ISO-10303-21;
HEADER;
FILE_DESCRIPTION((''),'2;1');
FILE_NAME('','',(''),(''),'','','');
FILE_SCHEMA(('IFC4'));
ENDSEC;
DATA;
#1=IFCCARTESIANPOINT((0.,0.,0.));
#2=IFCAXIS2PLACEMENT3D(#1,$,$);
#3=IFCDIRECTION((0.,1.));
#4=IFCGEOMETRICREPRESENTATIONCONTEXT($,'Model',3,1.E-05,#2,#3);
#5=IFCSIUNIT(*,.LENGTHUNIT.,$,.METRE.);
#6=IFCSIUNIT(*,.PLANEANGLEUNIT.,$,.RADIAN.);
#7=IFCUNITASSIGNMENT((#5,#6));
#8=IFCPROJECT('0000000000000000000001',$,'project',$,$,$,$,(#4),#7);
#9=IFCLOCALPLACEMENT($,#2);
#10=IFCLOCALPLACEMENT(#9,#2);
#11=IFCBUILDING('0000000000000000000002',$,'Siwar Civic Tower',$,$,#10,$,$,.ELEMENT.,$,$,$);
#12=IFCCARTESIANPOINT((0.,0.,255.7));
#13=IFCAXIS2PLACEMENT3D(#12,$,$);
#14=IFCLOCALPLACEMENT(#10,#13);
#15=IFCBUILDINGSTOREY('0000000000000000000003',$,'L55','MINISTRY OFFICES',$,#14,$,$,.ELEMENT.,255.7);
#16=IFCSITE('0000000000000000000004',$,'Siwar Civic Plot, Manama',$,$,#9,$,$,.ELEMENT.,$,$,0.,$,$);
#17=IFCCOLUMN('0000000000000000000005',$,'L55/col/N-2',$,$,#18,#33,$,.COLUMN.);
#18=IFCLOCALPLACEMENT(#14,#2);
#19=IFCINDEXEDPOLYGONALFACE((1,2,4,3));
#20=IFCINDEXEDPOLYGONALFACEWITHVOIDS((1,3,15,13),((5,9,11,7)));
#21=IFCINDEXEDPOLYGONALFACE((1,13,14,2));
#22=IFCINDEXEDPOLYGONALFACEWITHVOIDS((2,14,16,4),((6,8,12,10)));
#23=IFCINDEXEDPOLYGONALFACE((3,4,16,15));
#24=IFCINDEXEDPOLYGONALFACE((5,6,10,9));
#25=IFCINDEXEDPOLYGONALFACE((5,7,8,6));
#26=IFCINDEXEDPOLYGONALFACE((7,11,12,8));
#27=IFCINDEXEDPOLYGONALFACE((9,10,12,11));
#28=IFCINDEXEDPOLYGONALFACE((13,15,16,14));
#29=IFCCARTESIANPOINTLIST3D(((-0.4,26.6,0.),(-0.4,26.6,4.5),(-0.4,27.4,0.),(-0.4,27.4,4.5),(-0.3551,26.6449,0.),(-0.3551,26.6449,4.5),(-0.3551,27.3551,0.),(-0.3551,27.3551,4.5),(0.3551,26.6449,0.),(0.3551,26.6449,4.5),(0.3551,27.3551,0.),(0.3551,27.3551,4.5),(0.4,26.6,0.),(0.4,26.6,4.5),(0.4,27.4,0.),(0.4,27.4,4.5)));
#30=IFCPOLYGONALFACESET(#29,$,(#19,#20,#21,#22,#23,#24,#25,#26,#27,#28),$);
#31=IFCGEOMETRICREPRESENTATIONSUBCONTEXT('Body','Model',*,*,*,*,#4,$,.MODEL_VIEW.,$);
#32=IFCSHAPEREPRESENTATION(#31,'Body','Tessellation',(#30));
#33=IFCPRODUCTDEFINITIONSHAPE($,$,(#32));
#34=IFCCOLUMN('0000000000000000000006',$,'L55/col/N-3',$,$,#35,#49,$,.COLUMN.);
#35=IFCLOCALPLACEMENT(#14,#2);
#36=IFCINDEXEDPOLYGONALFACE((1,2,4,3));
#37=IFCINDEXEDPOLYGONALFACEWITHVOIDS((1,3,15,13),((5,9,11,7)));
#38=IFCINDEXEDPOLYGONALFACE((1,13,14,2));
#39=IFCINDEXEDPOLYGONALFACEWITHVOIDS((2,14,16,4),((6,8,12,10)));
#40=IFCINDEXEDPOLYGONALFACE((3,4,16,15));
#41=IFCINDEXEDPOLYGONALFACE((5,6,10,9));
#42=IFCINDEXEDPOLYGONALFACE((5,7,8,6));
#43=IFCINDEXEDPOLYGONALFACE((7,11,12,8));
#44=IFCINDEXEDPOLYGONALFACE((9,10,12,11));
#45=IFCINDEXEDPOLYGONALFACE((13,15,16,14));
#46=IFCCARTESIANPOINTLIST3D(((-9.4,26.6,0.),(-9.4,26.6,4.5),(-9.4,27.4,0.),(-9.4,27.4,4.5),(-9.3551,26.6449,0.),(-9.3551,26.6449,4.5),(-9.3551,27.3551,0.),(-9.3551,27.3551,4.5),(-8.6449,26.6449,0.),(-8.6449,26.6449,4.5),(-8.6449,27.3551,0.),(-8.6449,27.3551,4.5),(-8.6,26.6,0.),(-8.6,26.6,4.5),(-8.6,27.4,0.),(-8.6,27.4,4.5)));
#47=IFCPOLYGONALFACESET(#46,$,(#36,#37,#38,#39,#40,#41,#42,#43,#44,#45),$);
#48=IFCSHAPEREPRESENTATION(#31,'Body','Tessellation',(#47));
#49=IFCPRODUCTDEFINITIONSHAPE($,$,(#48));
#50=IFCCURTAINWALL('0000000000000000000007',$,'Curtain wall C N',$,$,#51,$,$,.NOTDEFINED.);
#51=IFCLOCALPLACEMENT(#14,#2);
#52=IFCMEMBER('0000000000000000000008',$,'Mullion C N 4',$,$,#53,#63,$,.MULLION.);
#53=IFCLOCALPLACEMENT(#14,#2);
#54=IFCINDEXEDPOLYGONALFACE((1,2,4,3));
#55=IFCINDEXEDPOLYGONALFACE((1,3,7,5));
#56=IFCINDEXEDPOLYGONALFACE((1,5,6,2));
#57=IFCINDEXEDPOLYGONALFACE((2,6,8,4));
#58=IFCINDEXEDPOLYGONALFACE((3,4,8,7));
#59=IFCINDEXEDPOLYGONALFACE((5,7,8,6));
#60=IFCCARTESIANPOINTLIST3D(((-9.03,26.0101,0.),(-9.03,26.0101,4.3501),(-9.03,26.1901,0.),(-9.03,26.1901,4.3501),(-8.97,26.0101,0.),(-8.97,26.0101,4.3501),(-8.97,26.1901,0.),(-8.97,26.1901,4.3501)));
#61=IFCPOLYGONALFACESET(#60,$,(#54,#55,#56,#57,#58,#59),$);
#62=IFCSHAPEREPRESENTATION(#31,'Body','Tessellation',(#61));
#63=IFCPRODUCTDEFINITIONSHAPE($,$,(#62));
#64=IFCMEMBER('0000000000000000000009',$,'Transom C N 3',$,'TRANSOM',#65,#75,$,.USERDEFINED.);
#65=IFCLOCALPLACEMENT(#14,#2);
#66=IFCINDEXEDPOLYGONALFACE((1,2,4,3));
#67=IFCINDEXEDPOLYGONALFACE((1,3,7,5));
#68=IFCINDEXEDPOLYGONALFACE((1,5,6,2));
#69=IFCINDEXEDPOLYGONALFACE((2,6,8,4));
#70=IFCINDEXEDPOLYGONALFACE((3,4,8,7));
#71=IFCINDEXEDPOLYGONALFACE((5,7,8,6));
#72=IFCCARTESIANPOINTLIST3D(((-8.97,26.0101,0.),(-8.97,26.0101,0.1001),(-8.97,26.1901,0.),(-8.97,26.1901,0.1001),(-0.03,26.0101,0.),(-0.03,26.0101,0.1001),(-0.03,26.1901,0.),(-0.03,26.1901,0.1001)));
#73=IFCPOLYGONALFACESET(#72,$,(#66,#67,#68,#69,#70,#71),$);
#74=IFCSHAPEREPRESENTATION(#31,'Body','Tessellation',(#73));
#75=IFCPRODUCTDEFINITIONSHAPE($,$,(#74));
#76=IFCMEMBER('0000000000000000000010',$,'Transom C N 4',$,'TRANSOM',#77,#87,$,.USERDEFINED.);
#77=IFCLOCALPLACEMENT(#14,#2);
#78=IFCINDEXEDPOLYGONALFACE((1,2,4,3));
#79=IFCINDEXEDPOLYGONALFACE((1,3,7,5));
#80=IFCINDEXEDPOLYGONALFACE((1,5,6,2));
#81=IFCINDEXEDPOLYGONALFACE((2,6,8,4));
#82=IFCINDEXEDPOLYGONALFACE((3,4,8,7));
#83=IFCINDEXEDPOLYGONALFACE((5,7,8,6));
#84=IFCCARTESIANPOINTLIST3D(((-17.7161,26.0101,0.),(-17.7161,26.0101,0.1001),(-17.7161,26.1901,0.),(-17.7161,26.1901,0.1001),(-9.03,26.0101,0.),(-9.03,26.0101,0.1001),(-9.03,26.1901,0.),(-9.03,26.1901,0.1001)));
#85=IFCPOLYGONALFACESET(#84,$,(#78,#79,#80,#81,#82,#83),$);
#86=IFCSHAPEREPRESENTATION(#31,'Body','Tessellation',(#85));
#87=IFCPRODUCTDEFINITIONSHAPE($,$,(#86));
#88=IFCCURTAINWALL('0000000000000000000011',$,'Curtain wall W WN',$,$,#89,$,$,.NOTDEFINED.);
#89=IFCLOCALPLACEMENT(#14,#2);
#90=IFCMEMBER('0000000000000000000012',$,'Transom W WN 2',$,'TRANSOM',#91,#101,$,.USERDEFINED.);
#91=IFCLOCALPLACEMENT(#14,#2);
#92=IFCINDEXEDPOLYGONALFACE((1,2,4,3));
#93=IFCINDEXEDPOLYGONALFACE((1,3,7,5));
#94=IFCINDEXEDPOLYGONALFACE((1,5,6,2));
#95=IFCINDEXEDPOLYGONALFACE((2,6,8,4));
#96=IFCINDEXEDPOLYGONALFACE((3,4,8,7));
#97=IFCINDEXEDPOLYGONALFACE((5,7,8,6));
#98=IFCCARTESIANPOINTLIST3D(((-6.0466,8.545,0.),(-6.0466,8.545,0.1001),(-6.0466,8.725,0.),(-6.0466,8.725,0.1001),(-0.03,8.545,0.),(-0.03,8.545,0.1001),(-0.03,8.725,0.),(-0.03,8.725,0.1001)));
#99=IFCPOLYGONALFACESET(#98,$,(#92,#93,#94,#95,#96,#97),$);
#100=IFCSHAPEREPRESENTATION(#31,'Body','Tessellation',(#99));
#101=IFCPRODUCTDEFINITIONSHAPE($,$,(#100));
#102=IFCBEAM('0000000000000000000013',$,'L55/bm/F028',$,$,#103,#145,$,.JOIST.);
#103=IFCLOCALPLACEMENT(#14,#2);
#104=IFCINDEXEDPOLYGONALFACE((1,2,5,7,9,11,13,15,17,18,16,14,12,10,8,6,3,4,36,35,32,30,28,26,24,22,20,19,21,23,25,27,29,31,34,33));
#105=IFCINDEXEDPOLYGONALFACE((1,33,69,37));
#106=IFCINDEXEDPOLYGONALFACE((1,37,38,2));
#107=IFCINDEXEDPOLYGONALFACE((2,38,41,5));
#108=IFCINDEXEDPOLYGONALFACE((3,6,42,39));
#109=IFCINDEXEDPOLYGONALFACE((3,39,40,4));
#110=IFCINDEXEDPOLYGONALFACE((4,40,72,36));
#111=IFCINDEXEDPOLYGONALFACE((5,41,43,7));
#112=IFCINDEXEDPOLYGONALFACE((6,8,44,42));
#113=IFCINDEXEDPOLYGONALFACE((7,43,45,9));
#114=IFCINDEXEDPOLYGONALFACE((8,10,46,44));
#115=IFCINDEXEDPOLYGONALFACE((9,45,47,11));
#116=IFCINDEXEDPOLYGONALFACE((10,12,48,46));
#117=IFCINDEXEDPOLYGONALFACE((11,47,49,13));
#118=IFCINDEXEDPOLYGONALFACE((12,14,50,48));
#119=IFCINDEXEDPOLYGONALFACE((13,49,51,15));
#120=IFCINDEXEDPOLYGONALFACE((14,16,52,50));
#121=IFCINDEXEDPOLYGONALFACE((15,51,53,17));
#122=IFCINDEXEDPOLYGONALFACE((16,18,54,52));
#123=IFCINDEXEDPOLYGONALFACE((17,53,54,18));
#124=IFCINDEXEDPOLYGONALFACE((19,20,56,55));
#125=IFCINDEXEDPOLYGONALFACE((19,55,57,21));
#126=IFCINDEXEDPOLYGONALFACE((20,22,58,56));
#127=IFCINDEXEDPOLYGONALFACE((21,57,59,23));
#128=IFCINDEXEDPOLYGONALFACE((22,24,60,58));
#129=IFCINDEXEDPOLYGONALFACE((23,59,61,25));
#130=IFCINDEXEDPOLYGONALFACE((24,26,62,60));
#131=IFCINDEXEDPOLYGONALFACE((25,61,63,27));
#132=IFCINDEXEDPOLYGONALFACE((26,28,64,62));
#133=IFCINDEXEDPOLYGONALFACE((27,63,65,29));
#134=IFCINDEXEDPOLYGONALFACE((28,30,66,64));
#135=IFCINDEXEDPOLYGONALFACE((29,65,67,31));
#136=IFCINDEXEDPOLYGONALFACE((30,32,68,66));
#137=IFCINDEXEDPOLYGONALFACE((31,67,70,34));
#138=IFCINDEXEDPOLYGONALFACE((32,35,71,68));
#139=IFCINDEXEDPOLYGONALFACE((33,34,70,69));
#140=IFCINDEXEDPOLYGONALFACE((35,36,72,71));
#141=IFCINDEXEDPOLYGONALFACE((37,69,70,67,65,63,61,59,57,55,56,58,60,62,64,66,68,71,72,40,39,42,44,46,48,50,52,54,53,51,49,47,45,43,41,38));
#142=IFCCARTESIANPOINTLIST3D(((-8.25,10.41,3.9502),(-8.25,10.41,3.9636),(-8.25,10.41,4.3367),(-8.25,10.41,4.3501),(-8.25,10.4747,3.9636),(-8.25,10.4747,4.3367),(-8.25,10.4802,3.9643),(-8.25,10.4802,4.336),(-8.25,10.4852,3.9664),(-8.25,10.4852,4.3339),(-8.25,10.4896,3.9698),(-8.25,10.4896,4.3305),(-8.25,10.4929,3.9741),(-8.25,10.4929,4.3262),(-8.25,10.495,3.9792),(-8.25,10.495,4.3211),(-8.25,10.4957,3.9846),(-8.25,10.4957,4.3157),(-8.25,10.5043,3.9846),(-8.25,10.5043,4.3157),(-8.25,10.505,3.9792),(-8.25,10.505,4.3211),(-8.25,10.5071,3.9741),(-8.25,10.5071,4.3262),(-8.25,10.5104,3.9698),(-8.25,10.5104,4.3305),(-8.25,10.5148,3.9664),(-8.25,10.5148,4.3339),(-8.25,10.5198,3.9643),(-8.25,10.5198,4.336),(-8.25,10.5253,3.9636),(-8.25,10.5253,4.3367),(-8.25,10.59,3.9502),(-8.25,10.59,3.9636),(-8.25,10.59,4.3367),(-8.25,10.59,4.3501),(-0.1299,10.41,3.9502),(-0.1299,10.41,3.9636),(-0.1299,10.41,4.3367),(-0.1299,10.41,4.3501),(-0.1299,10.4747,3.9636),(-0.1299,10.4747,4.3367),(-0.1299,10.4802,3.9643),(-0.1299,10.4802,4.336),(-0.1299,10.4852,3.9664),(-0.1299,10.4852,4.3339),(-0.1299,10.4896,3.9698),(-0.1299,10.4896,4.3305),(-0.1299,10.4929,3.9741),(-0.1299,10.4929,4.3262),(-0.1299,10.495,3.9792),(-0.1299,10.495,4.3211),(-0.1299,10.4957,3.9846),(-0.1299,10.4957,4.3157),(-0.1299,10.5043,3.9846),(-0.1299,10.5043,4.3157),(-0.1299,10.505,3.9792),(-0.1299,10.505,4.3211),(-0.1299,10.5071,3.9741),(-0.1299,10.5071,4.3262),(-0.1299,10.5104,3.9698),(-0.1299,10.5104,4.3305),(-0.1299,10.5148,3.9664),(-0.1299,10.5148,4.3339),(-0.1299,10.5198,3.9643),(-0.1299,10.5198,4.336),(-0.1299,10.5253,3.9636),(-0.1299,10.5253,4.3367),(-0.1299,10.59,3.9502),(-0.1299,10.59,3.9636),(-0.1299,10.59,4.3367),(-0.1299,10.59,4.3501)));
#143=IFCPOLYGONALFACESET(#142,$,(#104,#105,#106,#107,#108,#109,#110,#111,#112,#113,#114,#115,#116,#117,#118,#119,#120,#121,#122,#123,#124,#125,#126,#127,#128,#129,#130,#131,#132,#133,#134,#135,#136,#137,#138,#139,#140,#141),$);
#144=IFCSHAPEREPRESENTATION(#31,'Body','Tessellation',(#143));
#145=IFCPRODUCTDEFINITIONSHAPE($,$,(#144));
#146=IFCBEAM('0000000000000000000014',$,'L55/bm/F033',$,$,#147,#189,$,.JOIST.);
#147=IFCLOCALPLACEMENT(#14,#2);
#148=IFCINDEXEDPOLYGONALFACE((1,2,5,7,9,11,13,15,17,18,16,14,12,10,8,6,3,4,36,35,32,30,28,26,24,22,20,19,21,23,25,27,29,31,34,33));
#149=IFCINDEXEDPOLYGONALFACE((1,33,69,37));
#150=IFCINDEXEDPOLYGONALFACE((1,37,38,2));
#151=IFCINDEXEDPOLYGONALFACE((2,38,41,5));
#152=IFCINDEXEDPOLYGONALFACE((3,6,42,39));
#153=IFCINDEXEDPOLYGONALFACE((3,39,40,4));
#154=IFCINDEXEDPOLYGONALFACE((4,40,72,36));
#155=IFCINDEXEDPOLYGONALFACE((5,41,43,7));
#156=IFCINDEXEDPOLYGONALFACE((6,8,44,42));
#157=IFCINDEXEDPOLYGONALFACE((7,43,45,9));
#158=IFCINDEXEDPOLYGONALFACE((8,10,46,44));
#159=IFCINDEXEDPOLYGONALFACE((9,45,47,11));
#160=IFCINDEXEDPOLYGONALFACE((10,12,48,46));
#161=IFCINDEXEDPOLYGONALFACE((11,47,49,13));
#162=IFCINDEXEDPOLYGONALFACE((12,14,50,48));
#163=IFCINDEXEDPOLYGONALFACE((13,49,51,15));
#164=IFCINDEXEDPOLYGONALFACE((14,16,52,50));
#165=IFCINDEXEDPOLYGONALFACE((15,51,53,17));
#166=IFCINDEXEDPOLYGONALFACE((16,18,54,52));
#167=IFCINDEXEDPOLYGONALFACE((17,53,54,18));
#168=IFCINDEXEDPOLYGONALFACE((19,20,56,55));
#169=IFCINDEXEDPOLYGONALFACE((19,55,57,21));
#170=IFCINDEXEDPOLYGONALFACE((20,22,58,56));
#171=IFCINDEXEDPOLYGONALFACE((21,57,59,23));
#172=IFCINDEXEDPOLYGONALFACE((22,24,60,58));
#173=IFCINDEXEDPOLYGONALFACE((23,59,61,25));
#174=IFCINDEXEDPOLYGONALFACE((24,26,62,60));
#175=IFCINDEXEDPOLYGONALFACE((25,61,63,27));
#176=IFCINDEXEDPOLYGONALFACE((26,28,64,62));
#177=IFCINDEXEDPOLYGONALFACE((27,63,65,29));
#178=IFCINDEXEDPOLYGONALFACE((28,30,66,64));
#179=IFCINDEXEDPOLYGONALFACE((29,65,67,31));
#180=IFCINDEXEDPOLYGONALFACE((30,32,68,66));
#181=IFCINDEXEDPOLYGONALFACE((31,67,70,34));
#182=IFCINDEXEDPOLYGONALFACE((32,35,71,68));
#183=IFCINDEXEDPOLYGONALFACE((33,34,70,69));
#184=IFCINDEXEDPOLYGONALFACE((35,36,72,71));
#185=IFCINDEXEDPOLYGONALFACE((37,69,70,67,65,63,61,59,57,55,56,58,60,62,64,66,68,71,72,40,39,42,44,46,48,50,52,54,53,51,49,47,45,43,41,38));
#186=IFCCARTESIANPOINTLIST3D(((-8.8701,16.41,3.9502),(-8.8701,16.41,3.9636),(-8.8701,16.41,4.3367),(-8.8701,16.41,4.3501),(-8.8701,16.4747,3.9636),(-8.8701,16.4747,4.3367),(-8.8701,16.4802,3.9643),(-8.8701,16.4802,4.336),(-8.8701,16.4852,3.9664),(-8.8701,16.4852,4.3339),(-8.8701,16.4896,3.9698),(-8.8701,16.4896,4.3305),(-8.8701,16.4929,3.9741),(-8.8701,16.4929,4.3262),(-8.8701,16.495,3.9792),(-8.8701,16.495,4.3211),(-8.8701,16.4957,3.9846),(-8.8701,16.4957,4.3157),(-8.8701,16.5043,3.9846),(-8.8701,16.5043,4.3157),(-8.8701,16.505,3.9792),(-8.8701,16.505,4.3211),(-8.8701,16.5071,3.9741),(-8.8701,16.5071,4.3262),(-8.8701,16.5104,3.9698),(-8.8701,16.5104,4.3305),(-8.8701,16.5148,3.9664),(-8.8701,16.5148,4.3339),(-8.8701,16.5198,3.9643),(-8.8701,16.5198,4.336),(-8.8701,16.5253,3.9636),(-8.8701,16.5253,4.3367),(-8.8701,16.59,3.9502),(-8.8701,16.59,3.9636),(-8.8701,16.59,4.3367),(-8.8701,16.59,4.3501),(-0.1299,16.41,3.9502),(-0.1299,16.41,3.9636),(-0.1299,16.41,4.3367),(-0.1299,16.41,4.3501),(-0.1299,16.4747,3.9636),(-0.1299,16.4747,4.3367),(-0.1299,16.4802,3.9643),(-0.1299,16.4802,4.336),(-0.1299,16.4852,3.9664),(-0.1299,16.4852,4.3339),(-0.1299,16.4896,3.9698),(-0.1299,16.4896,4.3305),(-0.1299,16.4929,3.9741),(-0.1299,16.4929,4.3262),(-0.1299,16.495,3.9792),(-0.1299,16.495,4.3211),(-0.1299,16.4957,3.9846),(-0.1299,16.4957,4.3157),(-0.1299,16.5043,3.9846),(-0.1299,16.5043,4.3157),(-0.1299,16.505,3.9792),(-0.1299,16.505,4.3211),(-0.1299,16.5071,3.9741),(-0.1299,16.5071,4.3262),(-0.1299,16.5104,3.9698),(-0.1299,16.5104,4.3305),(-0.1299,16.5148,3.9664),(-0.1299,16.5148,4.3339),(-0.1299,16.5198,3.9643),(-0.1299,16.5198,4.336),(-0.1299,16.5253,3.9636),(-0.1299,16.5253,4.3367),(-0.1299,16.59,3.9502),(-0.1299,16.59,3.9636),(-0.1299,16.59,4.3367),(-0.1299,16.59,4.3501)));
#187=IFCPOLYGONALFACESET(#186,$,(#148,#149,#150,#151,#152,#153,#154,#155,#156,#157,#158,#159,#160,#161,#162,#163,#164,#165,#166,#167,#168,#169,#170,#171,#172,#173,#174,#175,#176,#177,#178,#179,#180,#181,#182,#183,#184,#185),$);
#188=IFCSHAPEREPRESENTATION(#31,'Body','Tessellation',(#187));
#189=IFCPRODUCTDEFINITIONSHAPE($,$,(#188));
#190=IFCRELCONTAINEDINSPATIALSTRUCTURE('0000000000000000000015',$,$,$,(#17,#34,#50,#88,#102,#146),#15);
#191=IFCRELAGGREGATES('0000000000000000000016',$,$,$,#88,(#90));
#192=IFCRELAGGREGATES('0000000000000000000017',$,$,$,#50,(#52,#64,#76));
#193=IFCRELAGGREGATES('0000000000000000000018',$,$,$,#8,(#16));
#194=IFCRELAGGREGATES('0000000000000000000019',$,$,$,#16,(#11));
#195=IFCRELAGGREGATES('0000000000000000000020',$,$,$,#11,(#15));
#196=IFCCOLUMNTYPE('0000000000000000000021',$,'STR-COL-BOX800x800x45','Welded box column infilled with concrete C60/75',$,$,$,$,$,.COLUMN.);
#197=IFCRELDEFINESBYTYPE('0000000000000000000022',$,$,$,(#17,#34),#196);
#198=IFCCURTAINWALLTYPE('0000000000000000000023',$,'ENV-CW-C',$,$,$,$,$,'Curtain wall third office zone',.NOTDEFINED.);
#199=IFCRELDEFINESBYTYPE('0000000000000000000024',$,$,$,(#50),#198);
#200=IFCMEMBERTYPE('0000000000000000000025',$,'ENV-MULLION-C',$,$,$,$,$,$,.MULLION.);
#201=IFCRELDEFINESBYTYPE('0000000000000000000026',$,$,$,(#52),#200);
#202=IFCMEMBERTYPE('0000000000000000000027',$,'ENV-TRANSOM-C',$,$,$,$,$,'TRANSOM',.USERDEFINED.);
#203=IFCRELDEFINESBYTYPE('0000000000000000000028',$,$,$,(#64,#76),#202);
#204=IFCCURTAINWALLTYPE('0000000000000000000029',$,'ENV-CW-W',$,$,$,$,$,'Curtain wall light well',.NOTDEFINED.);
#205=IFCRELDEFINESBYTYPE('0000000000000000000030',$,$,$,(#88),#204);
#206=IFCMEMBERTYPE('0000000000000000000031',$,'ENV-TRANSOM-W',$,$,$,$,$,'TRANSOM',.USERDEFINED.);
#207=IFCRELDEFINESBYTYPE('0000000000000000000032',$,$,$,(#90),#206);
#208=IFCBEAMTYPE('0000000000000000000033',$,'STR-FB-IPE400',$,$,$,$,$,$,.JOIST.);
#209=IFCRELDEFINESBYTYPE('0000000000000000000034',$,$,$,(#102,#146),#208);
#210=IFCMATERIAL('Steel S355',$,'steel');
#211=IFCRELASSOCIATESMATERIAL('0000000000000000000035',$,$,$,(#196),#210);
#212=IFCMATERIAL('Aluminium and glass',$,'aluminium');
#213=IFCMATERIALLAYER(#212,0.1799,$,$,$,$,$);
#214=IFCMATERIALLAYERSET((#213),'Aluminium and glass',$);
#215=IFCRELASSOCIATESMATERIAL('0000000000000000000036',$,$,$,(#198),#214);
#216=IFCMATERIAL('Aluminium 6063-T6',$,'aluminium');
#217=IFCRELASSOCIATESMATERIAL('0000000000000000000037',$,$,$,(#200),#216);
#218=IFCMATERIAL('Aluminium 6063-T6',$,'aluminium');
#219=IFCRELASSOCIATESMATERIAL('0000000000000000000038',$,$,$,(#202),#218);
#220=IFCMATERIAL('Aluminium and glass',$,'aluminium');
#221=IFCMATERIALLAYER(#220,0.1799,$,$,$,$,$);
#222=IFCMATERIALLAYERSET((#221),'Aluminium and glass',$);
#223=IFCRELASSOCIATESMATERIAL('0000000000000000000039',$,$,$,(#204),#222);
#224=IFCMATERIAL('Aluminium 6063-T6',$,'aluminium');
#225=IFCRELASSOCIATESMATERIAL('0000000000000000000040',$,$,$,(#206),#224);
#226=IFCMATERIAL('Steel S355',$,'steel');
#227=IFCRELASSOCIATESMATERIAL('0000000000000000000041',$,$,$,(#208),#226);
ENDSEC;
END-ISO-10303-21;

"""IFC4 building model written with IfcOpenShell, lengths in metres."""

from ifc_helpers import new_model, si_unit, direction, frame, origin, origin_2d, place, context, subcontext, project, spatial, rectangle, hollow_rectangle, i_section, extrude, material, layer, layer_set, material_profile, profile_set, type_object, element, aggregate, save


model = new_model("IFC4")

# Units and contexts
model_context = context("Model", 3, precision=1e-05, world=origin(), true_north=direction((0.0, 1.0)))
body_context = subcontext(model_context, "Body", "Model", "MODEL_VIEW")
ifc_project = project(units=[si_unit("LENGTHUNIT", "METRE"), si_unit("PLANEANGLEUNIT", "RADIAN")], contexts=[model_context])

# Site, building, storey
site_placement = place(None, origin())
site = spatial("IfcSite", under=ifc_project, at=site_placement, Name="Siwar Civic Plot, Manama", CompositionType="ELEMENT", RefElevation=0.0)
building_placement = place(site_placement, origin())
building = spatial("IfcBuilding", under=site, at=building_placement, Name="Siwar Civic Tower", CompositionType="ELEMENT")
storey_placement = place(building_placement, frame((0.0, 0.0, 255.7)))
storey = spatial("IfcBuildingStorey", under=building, at=storey_placement, Name="L55", Description="MINISTRY OFFICES", CompositionType="ELEMENT", Elevation=255.7)

# Columns
ifc_material_1 = material(Name="Steel S355", Category="steel")
ifc_material_profile_1 = material_profile(ifc_material_1, hollow_rectangle(XDim=0.8, YDim=0.8, WallThickness=0.0449, at=origin_2d()), Name="BOX800x800x45")
ifc_profile_set_1 = profile_set([ifc_material_profile_1], Name="Steel S355")
column_type = type_object("IfcColumnType", Name="STR-COL-BOX800x800x45", Description="Welded box column infilled with concrete C60/75", PredefinedType="COLUMN", material=ifc_profile_set_1)
for number, where, z_axis, x_axis, name in (
    (1, (0.0, 27.0, 0.0), (0.0, 0.0, 1.0), (1.0, 0.0, 0.0), "L55/col/N-2"),
    (2, (-9.0, 27.0, 0.0), (0.0, 0.0, 1.0), (1.0, 0.0, 0.0), "L55/col/N-3"),
):
    element("IfcColumn", number, at=place(storey_placement, frame(where, z_axis=z_axis, x_axis=x_axis)), inside=storey, type_object=column_type, Name=name, PredefinedType="COLUMN", context=body_context, shape_type="SweptSolid", body=[
        extrude(hollow_rectangle(XDim=0.8, YDim=0.8, WallThickness=0.0449, at=origin_2d()), origin(), (0.0, 0.0, 1.0), 4.5),
    ])

# Curtain wall, members
ifc_material_2 = material(Name="Aluminium and glass", Category="aluminium")
ifc_layer_1 = layer(ifc_material_2, 0.1799)
ifc_layer_set_1 = layer_set([ifc_layer_1], Name="Aluminium and glass")
curtain_wall_type_1 = type_object("IfcCurtainWallType", Name="ENV-CW-C", ElementType="Curtain wall third office zone", PredefinedType="NOTDEFINED", material=ifc_layer_set_1)
curtain_wall_1_placement = place(storey_placement, origin())
curtain_wall_1 = element("IfcCurtainWall", 3, at=curtain_wall_1_placement, inside=storey, type_object=curtain_wall_type_1, Name="Curtain wall C N", PredefinedType="NOTDEFINED")
ifc_material_3 = material(Name="Aluminium 6063-T6", Category="aluminium")
ifc_material_profile_2 = material_profile(ifc_material_3, rectangle(XDim=0.1799, YDim=0.0601, at=origin_2d()), Name="AL 180x60")
ifc_profile_set_2 = profile_set([ifc_material_profile_2], Name="Aluminium 6063-T6")
member_type_1 = type_object("IfcMemberType", Name="ENV-MULLION-C", PredefinedType="MULLION", material=ifc_profile_set_2)
member_1_placement = place(storey_placement, frame((-9.0, 26.1001, 0.0), z_axis=(0.0, 0.0, 1.0), x_axis=(0.0, -1.0, 0.0)))
member_1 = element("IfcMember", 4, at=member_1_placement, type_object=member_type_1, Name="Mullion C N 4", PredefinedType="MULLION", context=body_context, shape_type="SweptSolid", body=[
    extrude(rectangle(XDim=0.1799, YDim=0.0601, at=origin_2d()), origin(), (0.0, 0.0, 1.0), 4.3501),
])
ifc_material_4 = material(Name="Aluminium 6063-T6", Category="aluminium")
ifc_material_profile_3 = material_profile(ifc_material_4, rectangle(XDim=0.1799, YDim=0.1001, at=origin_2d()), Name="AL 180x100")
ifc_profile_set_3 = profile_set([ifc_material_profile_3], Name="Aluminium 6063-T6")
member_type_2 = type_object("IfcMemberType", Name="ENV-TRANSOM-C", ElementType="TRANSOM", PredefinedType="USERDEFINED", material=ifc_profile_set_3)
member_2_placement = place(storey_placement, frame((-0.03, 26.1001, 0.05), z_axis=(-1.0, 0.0, 0.0), x_axis=(0.0, -1.0, 0.0)))
member_2 = element("IfcMember", 5, at=member_2_placement, type_object=member_type_2, Name="Transom C N 3", ObjectType="TRANSOM", PredefinedType="USERDEFINED", context=body_context, shape_type="SweptSolid", body=[
    extrude(rectangle(XDim=0.1799, YDim=0.1001, at=origin_2d()), origin(), (0.0, 0.0, 1.0), 8.9399),
])
member_3_placement = place(storey_placement, frame((-9.03, 26.1001, 0.05), z_axis=(-1.0, 0.0, 0.0), x_axis=(0.0, -1.0, 0.0)))
member_3 = element("IfcMember", 6, at=member_3_placement, type_object=member_type_2, Name="Transom C N 4", ObjectType="TRANSOM", PredefinedType="USERDEFINED", context=body_context, shape_type="SweptSolid", body=[
    extrude(rectangle(XDim=0.1799, YDim=0.1001, at=origin_2d()), origin(), (0.0, 0.0, 1.0), 8.686),
])

# Curtain wall, member
ifc_material_5 = material(Name="Aluminium and glass", Category="aluminium")
ifc_layer_2 = layer(ifc_material_5, 0.1799)
ifc_layer_set_2 = layer_set([ifc_layer_2], Name="Aluminium and glass")
curtain_wall_type_2 = type_object("IfcCurtainWallType", Name="ENV-CW-W", ElementType="Curtain wall light well", PredefinedType="NOTDEFINED", material=ifc_layer_set_2)
curtain_wall_2_placement = place(storey_placement, origin())
curtain_wall_2 = element("IfcCurtainWall", 7, at=curtain_wall_2_placement, inside=storey, type_object=curtain_wall_type_2, Name="Curtain wall W WN", PredefinedType="NOTDEFINED")
ifc_material_6 = material(Name="Aluminium 6063-T6", Category="aluminium")
ifc_material_profile_4 = material_profile(ifc_material_6, rectangle(XDim=0.1799, YDim=0.1001, at=origin_2d()), Name="AL 180x100")
ifc_profile_set_4 = profile_set([ifc_material_profile_4], Name="Aluminium 6063-T6")
member_type_3 = type_object("IfcMemberType", Name="ENV-TRANSOM-W", ElementType="TRANSOM", PredefinedType="USERDEFINED", material=ifc_profile_set_4)
member_4_placement = place(storey_placement, frame((-0.03, 8.635, 0.05), z_axis=(-1.0, 0.0, 0.0), x_axis=(0.0, -1.0, 0.0)))
member_4 = element("IfcMember", 8, at=member_4_placement, type_object=member_type_3, Name="Transom W WN 2", ObjectType="TRANSOM", PredefinedType="USERDEFINED", context=body_context, shape_type="SweptSolid", body=[
    extrude(rectangle(XDim=0.1799, YDim=0.1001, at=origin_2d()), origin(), (0.0, 0.0, 1.0), 6.0166),
])
aggregate(curtain_wall_2, [member_4])

# Beams
ifc_material_7 = material(Name="Steel S355", Category="steel")
ifc_material_profile_5 = material_profile(ifc_material_7, i_section(OverallWidth=0.1799, OverallDepth=0.3999, WebThickness=0.0085, FlangeThickness=0.0134, FilletRadius=0.021, at=origin_2d()), Name="IPE400")
ifc_profile_set_5 = profile_set([ifc_material_profile_5], Name="Steel S355")
beam_type_1 = type_object("IfcBeamType", Name="STR-FB-IPE400", PredefinedType="JOIST", material=ifc_profile_set_5)
beam_1_placement = place(storey_placement, frame((-8.25, 10.5, 4.1501), z_axis=(1.0, 0.0, 0.0), x_axis=(0.0, 1.0, 0.0)))
element("IfcBeam", 9, at=beam_1_placement, inside=storey, type_object=beam_type_1, Name="L55/bm/F028", PredefinedType="JOIST", context=body_context, shape_type="SweptSolid", body=[
    extrude(i_section(OverallWidth=0.1799, OverallDepth=0.3999, WebThickness=0.0085, FlangeThickness=0.0134, FilletRadius=0.021, at=origin_2d()), origin(), (0.0, 0.0, 1.0), 8.1201),
])
for number, where, z_axis, x_axis, name in (
    (10, (-8.8701, 16.5, 4.1501), (1.0, 0.0, 0.0), (0.0, 1.0, 0.0), "L55/bm/F033"),
):
    element("IfcBeam", number, at=place(storey_placement, frame(where, z_axis=z_axis, x_axis=x_axis)), inside=storey, type_object=beam_type_1, Name=name, PredefinedType="JOIST", context=body_context, shape_type="SweptSolid", body=[
        extrude(i_section(OverallWidth=0.1799, OverallDepth=0.3999, WebThickness=0.0085, FlangeThickness=0.0134, FilletRadius=0.021, at=origin_2d()), origin(), (0.0, 0.0, 1.0), 8.7402),
    ])

aggregate(curtain_wall_1, [member_1, member_2, member_3])

save(model, "model.ifc")
